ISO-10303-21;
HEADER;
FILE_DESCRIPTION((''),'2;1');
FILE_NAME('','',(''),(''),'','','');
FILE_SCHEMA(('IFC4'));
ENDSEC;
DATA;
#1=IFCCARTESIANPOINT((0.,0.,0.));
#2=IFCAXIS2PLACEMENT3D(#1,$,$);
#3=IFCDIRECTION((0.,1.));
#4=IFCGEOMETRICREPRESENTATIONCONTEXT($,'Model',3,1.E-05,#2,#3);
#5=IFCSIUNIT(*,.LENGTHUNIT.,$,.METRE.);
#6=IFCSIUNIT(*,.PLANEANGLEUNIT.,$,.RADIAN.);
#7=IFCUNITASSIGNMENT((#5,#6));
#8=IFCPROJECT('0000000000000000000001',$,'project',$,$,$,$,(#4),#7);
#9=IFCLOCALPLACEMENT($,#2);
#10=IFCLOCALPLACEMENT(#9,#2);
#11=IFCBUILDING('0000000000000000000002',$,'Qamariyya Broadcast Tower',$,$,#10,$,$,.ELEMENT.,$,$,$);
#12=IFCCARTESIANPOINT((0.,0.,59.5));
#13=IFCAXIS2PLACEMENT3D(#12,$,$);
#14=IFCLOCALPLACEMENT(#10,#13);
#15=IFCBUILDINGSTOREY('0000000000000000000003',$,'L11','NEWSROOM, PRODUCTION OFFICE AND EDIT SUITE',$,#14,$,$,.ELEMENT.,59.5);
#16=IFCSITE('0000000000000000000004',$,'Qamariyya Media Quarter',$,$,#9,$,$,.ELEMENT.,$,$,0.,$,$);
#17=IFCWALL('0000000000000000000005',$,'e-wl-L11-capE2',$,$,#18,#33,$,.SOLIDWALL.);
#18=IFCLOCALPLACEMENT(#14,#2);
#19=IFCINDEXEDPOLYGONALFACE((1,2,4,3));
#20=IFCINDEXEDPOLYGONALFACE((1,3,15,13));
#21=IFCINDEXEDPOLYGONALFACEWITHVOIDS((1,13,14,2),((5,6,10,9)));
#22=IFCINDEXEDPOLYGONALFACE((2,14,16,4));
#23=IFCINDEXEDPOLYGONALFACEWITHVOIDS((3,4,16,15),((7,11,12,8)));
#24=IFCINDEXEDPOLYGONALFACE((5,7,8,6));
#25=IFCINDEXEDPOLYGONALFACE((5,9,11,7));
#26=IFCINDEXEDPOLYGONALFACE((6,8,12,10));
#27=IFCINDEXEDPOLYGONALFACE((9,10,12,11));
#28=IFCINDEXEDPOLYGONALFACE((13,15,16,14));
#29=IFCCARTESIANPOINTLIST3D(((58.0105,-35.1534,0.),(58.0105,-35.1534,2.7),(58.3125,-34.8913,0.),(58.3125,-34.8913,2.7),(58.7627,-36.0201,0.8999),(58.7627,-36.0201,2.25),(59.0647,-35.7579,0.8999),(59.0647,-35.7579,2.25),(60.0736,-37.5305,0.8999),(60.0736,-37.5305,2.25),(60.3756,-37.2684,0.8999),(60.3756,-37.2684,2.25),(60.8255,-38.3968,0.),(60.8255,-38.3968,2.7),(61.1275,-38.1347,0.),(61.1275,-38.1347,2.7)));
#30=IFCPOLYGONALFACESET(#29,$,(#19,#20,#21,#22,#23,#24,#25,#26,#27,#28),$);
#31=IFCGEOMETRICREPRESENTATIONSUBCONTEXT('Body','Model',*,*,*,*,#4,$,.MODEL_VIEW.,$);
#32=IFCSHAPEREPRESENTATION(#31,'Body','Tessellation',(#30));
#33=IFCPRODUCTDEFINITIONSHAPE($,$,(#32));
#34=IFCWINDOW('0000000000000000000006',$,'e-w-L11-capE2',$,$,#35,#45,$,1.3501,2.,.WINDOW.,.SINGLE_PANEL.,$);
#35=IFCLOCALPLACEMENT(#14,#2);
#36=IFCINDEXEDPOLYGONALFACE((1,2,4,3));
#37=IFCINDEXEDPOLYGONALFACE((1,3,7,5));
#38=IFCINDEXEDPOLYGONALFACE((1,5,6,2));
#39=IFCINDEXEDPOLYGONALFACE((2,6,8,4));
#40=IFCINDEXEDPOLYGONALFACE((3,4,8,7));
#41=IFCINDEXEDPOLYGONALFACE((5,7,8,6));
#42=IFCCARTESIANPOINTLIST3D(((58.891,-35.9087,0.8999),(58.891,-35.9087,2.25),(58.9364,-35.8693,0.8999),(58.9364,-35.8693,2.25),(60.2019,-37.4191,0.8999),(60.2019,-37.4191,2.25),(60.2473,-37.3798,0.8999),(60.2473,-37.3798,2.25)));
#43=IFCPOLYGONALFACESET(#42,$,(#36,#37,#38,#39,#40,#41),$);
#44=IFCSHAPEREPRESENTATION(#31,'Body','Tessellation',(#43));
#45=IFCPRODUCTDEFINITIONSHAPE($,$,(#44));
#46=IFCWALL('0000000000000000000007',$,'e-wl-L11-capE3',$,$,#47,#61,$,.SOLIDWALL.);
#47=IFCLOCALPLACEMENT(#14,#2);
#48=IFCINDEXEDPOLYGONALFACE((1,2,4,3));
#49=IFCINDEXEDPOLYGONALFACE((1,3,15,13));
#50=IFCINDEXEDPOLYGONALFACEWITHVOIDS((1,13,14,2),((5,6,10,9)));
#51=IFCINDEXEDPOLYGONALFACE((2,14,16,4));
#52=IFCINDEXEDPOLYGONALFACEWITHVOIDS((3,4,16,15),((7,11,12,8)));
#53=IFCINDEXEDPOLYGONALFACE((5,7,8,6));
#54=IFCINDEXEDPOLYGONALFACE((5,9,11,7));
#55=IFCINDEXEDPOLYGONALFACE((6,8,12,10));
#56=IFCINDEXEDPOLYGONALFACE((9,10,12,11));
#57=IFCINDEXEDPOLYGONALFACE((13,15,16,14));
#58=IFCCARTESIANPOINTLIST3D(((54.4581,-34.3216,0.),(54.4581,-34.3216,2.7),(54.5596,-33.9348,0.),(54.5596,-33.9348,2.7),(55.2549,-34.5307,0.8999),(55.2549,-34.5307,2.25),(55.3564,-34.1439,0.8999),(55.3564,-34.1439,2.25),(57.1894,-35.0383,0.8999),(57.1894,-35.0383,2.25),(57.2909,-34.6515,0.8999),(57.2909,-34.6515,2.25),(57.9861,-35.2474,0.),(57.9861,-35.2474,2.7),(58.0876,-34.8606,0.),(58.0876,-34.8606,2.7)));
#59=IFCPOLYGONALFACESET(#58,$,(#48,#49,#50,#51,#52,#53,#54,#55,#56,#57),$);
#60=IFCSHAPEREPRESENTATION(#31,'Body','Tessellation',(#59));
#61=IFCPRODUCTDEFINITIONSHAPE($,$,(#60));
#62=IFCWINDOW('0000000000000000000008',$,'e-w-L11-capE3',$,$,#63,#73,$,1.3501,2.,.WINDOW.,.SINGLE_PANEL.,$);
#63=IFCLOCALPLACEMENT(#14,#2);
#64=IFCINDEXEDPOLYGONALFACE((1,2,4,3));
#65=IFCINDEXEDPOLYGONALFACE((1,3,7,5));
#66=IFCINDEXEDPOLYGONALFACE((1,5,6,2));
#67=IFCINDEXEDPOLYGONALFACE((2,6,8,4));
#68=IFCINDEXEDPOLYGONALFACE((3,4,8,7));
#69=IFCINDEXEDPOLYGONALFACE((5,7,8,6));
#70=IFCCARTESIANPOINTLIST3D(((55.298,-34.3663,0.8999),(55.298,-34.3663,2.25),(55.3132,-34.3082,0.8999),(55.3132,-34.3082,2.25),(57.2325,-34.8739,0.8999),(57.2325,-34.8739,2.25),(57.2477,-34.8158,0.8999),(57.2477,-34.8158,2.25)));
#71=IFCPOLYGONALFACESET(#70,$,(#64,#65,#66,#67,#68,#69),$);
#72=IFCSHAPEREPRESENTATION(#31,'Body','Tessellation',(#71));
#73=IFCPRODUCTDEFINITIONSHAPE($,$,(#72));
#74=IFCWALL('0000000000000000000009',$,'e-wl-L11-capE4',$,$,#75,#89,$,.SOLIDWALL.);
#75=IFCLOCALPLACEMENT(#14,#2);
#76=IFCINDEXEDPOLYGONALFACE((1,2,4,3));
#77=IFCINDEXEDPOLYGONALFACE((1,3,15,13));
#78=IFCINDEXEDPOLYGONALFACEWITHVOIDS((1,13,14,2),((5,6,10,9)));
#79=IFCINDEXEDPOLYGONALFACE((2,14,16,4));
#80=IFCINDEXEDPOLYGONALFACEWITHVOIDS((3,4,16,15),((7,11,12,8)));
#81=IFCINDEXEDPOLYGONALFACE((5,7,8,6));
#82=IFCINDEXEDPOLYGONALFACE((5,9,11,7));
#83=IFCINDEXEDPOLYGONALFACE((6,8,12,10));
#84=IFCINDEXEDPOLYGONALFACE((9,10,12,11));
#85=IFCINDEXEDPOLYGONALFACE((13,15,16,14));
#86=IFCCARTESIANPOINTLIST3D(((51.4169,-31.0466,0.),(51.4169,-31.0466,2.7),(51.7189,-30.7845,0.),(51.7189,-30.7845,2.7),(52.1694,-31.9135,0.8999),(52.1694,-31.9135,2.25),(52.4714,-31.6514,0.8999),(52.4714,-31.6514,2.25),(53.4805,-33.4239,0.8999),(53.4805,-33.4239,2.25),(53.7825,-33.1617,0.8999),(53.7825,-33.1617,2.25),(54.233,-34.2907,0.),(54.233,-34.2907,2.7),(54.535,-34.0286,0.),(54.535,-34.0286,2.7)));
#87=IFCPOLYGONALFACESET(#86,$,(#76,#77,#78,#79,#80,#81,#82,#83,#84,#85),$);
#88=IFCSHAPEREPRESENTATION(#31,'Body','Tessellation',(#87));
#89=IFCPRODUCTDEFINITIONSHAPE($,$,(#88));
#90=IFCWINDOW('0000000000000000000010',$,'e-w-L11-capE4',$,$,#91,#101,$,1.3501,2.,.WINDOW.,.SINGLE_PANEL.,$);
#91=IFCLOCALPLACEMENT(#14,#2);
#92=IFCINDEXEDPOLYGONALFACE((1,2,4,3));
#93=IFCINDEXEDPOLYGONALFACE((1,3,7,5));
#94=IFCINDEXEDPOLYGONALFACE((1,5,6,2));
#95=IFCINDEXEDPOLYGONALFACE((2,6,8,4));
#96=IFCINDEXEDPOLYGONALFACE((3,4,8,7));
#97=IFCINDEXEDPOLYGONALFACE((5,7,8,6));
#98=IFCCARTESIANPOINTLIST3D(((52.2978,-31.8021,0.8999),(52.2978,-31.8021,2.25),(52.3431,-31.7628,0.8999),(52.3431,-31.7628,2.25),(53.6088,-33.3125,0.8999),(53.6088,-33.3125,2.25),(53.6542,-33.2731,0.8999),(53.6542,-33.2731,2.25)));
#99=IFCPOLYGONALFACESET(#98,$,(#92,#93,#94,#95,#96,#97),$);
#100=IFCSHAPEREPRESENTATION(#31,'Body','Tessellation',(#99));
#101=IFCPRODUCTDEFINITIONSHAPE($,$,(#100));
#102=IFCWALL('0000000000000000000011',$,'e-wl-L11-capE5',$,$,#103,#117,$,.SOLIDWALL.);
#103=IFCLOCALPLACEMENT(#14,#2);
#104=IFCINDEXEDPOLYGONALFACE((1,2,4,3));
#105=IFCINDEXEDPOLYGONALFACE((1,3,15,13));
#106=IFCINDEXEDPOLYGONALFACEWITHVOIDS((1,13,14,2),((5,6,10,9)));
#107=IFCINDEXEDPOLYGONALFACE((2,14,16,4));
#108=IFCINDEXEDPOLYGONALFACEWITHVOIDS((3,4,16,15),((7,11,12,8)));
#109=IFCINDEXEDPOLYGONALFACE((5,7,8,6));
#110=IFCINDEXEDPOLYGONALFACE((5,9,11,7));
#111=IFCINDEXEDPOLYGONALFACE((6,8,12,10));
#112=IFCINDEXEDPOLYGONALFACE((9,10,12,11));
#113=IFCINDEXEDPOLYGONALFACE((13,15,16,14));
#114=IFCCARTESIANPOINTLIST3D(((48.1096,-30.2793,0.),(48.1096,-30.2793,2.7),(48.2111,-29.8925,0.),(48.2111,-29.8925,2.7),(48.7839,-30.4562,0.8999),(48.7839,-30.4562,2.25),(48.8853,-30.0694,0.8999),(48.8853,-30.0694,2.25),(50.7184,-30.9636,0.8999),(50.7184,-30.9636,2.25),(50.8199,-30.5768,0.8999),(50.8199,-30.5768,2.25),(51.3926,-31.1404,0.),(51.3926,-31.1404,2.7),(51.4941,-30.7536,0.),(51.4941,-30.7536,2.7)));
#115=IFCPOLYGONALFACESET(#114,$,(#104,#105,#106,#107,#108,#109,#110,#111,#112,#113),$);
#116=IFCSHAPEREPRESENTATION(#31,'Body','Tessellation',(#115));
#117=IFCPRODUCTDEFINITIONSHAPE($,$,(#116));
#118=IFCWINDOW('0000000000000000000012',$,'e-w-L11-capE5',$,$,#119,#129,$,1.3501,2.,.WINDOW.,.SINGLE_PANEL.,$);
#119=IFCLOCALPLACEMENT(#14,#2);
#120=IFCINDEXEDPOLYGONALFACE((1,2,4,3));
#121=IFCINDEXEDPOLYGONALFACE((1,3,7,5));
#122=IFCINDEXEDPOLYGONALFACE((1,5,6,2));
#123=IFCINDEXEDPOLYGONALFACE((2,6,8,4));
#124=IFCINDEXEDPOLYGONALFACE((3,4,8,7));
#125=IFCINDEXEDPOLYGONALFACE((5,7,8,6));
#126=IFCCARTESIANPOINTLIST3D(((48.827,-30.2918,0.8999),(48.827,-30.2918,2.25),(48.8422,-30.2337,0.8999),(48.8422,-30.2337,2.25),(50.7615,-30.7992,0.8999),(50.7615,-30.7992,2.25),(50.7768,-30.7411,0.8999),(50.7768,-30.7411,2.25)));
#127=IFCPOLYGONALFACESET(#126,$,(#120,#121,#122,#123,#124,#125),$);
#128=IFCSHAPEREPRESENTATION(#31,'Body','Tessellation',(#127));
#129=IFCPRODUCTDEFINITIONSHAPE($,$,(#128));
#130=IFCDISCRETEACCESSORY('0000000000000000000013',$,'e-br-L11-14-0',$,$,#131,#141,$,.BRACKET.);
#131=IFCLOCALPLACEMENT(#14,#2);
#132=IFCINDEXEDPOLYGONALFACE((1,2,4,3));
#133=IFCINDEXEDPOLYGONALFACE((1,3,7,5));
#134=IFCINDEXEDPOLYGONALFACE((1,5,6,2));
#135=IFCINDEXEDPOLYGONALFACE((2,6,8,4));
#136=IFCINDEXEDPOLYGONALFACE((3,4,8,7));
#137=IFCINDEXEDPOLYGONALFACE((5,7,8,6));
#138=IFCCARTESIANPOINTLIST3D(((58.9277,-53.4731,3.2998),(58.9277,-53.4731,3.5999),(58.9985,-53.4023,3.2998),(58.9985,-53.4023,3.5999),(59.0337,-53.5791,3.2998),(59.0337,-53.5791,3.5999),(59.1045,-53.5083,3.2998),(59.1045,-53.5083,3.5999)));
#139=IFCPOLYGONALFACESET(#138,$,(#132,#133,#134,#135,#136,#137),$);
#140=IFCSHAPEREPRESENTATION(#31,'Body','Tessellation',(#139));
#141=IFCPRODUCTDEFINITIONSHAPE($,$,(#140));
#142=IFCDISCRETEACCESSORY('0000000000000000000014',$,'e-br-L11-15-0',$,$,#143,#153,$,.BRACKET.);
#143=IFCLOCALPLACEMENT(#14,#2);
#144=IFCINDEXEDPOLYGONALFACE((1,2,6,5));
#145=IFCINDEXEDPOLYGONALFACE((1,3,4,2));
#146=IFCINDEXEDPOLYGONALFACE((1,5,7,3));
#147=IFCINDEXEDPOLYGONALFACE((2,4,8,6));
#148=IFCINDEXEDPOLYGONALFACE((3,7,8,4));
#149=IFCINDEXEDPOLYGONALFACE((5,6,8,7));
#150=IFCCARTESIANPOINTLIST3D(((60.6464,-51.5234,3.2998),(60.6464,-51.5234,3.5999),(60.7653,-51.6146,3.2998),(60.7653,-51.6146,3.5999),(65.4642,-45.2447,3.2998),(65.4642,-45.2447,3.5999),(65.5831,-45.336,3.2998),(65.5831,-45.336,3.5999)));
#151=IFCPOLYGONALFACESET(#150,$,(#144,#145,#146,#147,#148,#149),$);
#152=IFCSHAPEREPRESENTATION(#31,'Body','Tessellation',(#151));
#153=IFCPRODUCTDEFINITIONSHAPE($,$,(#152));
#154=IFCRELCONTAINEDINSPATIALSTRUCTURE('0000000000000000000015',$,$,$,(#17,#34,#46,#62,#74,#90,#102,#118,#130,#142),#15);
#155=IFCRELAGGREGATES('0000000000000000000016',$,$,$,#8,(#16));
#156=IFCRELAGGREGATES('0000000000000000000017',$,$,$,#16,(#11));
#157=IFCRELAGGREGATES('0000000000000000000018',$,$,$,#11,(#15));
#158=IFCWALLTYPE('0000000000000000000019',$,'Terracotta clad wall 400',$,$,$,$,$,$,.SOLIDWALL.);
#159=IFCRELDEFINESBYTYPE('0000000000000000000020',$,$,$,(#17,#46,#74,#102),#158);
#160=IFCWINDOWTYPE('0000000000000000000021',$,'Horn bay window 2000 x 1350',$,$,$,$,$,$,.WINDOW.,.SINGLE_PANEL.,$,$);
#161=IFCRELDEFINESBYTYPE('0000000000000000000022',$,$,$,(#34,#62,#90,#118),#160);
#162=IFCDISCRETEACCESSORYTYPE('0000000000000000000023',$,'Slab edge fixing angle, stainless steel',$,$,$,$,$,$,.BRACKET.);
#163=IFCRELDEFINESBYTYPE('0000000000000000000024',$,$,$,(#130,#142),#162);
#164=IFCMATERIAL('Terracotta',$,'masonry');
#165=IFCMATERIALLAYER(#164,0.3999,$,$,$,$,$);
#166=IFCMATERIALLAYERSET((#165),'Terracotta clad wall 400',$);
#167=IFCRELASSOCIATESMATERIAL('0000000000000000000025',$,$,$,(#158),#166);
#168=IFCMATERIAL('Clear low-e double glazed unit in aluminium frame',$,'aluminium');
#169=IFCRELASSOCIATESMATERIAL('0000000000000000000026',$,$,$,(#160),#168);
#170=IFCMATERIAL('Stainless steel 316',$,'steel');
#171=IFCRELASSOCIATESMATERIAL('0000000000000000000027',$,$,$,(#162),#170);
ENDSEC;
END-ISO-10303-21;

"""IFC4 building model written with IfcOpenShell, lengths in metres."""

from ifc_helpers import new_model, si_unit, direction, frame, frame_2d, origin, origin_2d, place, context, subcontext, project, spatial, rectangle, extrude, material, layer, layer_set, type_object, element, fill, save


model = new_model("IFC4")

# Units and contexts
model_context = context("Model", 3, precision=1e-05, world=origin(), true_north=direction((0.0, 1.0)))
body_context = subcontext(model_context, "Body", "Model", "MODEL_VIEW")
ifc_project = project(units=[si_unit("LENGTHUNIT", "METRE"), si_unit("PLANEANGLEUNIT", "RADIAN")], contexts=[model_context])

# Site, building, storey
site_placement = place(None, origin())
site = spatial("IfcSite", under=ifc_project, at=site_placement, Name="Qamariyya Media Quarter", CompositionType="ELEMENT", RefElevation=0.0)
building_placement = place(site_placement, origin())
building = spatial("IfcBuilding", under=site, at=building_placement, Name="Qamariyya Broadcast Tower", CompositionType="ELEMENT")
storey_placement = place(building_placement, frame((0.0, 0.0, 59.5)))
storey = spatial("IfcBuildingStorey", under=building, at=storey_placement, Name="L11", Description="NEWSROOM, PRODUCTION OFFICE AND EDIT SUITE", CompositionType="ELEMENT", Elevation=59.5)

# Walls, openings, windows
ifc_material_1 = material(Name="Terracotta", Category="masonry")
ifc_layer = layer(ifc_material_1, 0.3999)
ifc_layer_set = layer_set([ifc_layer], Name="Terracotta clad wall 400")
wall_type = type_object("IfcWallType", Name="Terracotta clad wall 400", PredefinedType="SOLIDWALL", material=ifc_layer_set)
ifc_material_2 = material(Name="Clear low-e double glazed unit in aluminium frame", Category="aluminium")
window_type = type_object("IfcWindowType", Name="Horn bay window 2000 x 1350", PartitioningType="SINGLE_PANEL", PredefinedType="WINDOW", material=ifc_material_2)
wall_1_placement = place(storey_placement, frame((60.9766, -38.2659, 0.0), z_axis=(0.0, 0.0, 1.0), x_axis=(-0.655461, 0.755229, 0.0)))
wall_1 = element("IfcWall", 1, at=wall_1_placement, inside=storey, type_object=wall_type, Name="e-wl-L11-capE2", PredefinedType="SOLIDWALL", context=body_context, shape_type="SweptSolid", body=[
    extrude(rectangle(XDim=4.2947, YDim=0.3999, at=frame_2d((2.1475, 0.0))), origin(), (0.0, 0.0, 1.0), 2.7),
])
opening_1_placement = place(wall_1_placement, frame((1.1472, 0.0, 0.8999)))
opening_1 = element("IfcOpeningElement", 2, at=opening_1_placement, cuts=wall_1, PredefinedType="OPENING", context=body_context, shape_type="SweptSolid", body=[
    extrude(rectangle(XDim=2.0, YDim=1.3501, at=frame_2d((1.0, 0.675))), frame((0.0, 0.21, 0.0), z_axis=(0.0, -1.0, 0.0), x_axis=(1.0, 0.0, 0.0)), (0.0, 0.0, 1.0), 0.4199),
])
window_1_placement = place(opening_1_placement, origin())
window_1 = element("IfcWindow", 3, at=window_1_placement, inside=storey, type_object=window_type, Name="e-w-L11-capE2", OverallHeight=1.3501, OverallWidth=2.0, PartitioningType="SINGLE_PANEL", PredefinedType="WINDOW", context=body_context, shape_type="SweptSolid", body=[
    extrude(rectangle(XDim=2.0, YDim=1.3501, at=frame_2d((1.0, 0.675))), frame((0.0, 0.03, 0.0), z_axis=(0.0, -1.0, 0.0), x_axis=(1.0, 0.0, 0.0)), (0.0, 0.0, 1.0), 0.0601),
])
fill(opening_1, window_1)
wall_2_placement = place(storey_placement, frame((58.0369, -35.054, 0.0), z_axis=(0.0, 0.0, 1.0), x_axis=(-0.967254, 0.253811, 0.0)))
wall_2 = element("IfcWall", 4, at=wall_2_placement, inside=storey, type_object=wall_type, Name="e-wl-L11-capE3", PredefinedType="SOLIDWALL", context=body_context, shape_type="SweptSolid", body=[
    extrude(rectangle(XDim=3.6475, YDim=0.3999, at=frame_2d((1.8237, 0.0))), origin(), (0.0, 0.0, 1.0), 2.7),
])
opening_2_placement = place(wall_2_placement, frame((0.8237, 0.0, 0.8999)))
opening_2 = element("IfcOpeningElement", 5, at=opening_2_placement, cuts=wall_2, PredefinedType="OPENING", context=body_context, shape_type="SweptSolid", body=[
    extrude(rectangle(XDim=2.0, YDim=1.3501, at=frame_2d((1.0, 0.675))), frame((0.0, 0.21, 0.0), z_axis=(0.0, -1.0, 0.0), x_axis=(1.0, 0.0, 0.0)), (0.0, 0.0, 1.0), 0.4199),
])
window_2_placement = place(opening_2_placement, origin())
window_2 = element("IfcWindow", 6, at=window_2_placement, inside=storey, type_object=window_type, Name="e-w-L11-capE3", OverallHeight=1.3501, OverallWidth=2.0, PartitioningType="SINGLE_PANEL", PredefinedType="WINDOW", context=body_context, shape_type="SweptSolid", body=[
    extrude(rectangle(XDim=2.0, YDim=1.3501, at=frame_2d((1.0, 0.675))), frame((0.0, 0.03, 0.0), z_axis=(0.0, -1.0, 0.0), x_axis=(1.0, 0.0, 0.0)), (0.0, 0.0, 1.0), 0.0601),
])
fill(opening_2, window_2)
wall_3_placement = place(storey_placement, frame((54.384, -34.1597, 0.0), z_axis=(0.0, 0.0, 1.0), x_axis=(-0.655538, 0.755162, 0.0)))
wall_3 = element("IfcWall", 7, at=wall_3_placement, inside=storey, type_object=wall_type, Name="e-wl-L11-capE4", PredefinedType="SOLIDWALL", context=body_context, shape_type="SweptSolid", body=[
    extrude(rectangle(XDim=4.2959, YDim=0.3999, at=frame_2d((2.1479, 0.0))), origin(), (0.0, 0.0, 1.0), 2.7),
])
opening_3_placement = place(wall_3_placement, frame((1.1479, 0.0, 0.8999)))
opening_3 = element("IfcOpeningElement", 8, at=opening_3_placement, cuts=wall_3, PredefinedType="OPENING", context=body_context, shape_type="SweptSolid", body=[
    extrude(rectangle(XDim=2.0, YDim=1.3501, at=frame_2d((1.0, 0.675))), frame((0.0, 0.21, 0.0), z_axis=(0.0, -1.0, 0.0), x_axis=(1.0, 0.0, 0.0)), (0.0, 0.0, 1.0), 0.4199),
])
window_3_placement = place(opening_3_placement, origin())
window_3 = element("IfcWindow", 9, at=window_3_placement, inside=storey, type_object=window_type, Name="e-w-L11-capE4", OverallHeight=1.3501, OverallWidth=2.0, PartitioningType="SINGLE_PANEL", PredefinedType="WINDOW", context=body_context, shape_type="SweptSolid", body=[
    extrude(rectangle(XDim=2.0, YDim=1.3501, at=frame_2d((1.0, 0.675))), frame((0.0, 0.03, 0.0), z_axis=(0.0, -1.0, 0.0), x_axis=(1.0, 0.0, 0.0)), (0.0, 0.0, 1.0), 0.0601),
])
fill(opening_3, window_3)
wall_4_placement = place(storey_placement, frame((51.4434, -30.947, 0.0), z_axis=(0.0, 0.0, 1.0), x_axis=(-0.967281, 0.253707, 0.0)))
wall_4 = element("IfcWall", 10, at=wall_4_placement, inside=storey, type_object=wall_type, Name="e-wl-L11-capE5", PredefinedType="SOLIDWALL", context=body_context, shape_type="SweptSolid", body=[
    extrude(rectangle(XDim=3.394, YDim=0.3999, at=frame_2d((1.697, 0.0))), origin(), (0.0, 0.0, 1.0), 2.7),
])
opening_4_placement = place(wall_4_placement, frame((0.697, 0.0, 0.8999)))
opening_4 = element("IfcOpeningElement", 11, at=opening_4_placement, cuts=wall_4, PredefinedType="OPENING", context=body_context, shape_type="SweptSolid", body=[
    extrude(rectangle(XDim=2.0, YDim=1.3501, at=frame_2d((1.0, 0.675))), frame((0.0, 0.21, 0.0), z_axis=(0.0, -1.0, 0.0), x_axis=(1.0, 0.0, 0.0)), (0.0, 0.0, 1.0), 0.4199),
])
window_4_placement = place(opening_4_placement, origin())
window_4 = element("IfcWindow", 12, at=window_4_placement, inside=storey, type_object=window_type, Name="e-w-L11-capE5", OverallHeight=1.3501, OverallWidth=2.0, PartitioningType="SINGLE_PANEL", PredefinedType="WINDOW", context=body_context, shape_type="SweptSolid", body=[
    extrude(rectangle(XDim=2.0, YDim=1.3501, at=frame_2d((1.0, 0.675))), frame((0.0, 0.03, 0.0), z_axis=(0.0, -1.0, 0.0), x_axis=(1.0, 0.0, 0.0)), (0.0, 0.0, 1.0), 0.0601),
])
fill(opening_4, window_4)

# Discrete accessories
ifc_material_3 = material(Name="Stainless steel 316", Category="steel")
discrete_accessory_type = type_object("IfcDiscreteAccessoryType", Name="Slab edge fixing angle, stainless steel", PredefinedType="BRACKET", material=ifc_material_3)
discrete_accessory_1_placement = place(storey_placement, frame((59.0161, -53.4907, 3.2998), z_axis=(0.0, 0.0, 1.0), x_axis=(0.707107, 0.707107, 0.0)))
element("IfcDiscreteAccessory", 13, at=discrete_accessory_1_placement, inside=storey, type_object=discrete_accessory_type, Name="e-br-L11-14-0", PredefinedType="BRACKET", context=body_context, shape_type="SweptSolid", body=[
    extrude(rectangle(XDim=0.1001, YDim=0.1499, at=origin_2d()), origin(), (0.0, 0.0, 1.0), 0.3),
])
discrete_accessory_2_placement = place(storey_placement, frame((63.1147, -48.4297, 3.2998), z_axis=(0.0, 0.0, 1.0), x_axis=(0.608761, 0.793353, 0.0)))
element("IfcDiscreteAccessory", 14, at=discrete_accessory_2_placement, inside=storey, type_object=discrete_accessory_type, Name="e-br-L11-15-0", PredefinedType="BRACKET", context=body_context, shape_type="SweptSolid", body=[
    extrude(rectangle(XDim=7.9141, YDim=0.1499, at=origin_2d()), origin(), (0.0, 0.0, 1.0), 0.3),
])

save(model, "model.ifc")
